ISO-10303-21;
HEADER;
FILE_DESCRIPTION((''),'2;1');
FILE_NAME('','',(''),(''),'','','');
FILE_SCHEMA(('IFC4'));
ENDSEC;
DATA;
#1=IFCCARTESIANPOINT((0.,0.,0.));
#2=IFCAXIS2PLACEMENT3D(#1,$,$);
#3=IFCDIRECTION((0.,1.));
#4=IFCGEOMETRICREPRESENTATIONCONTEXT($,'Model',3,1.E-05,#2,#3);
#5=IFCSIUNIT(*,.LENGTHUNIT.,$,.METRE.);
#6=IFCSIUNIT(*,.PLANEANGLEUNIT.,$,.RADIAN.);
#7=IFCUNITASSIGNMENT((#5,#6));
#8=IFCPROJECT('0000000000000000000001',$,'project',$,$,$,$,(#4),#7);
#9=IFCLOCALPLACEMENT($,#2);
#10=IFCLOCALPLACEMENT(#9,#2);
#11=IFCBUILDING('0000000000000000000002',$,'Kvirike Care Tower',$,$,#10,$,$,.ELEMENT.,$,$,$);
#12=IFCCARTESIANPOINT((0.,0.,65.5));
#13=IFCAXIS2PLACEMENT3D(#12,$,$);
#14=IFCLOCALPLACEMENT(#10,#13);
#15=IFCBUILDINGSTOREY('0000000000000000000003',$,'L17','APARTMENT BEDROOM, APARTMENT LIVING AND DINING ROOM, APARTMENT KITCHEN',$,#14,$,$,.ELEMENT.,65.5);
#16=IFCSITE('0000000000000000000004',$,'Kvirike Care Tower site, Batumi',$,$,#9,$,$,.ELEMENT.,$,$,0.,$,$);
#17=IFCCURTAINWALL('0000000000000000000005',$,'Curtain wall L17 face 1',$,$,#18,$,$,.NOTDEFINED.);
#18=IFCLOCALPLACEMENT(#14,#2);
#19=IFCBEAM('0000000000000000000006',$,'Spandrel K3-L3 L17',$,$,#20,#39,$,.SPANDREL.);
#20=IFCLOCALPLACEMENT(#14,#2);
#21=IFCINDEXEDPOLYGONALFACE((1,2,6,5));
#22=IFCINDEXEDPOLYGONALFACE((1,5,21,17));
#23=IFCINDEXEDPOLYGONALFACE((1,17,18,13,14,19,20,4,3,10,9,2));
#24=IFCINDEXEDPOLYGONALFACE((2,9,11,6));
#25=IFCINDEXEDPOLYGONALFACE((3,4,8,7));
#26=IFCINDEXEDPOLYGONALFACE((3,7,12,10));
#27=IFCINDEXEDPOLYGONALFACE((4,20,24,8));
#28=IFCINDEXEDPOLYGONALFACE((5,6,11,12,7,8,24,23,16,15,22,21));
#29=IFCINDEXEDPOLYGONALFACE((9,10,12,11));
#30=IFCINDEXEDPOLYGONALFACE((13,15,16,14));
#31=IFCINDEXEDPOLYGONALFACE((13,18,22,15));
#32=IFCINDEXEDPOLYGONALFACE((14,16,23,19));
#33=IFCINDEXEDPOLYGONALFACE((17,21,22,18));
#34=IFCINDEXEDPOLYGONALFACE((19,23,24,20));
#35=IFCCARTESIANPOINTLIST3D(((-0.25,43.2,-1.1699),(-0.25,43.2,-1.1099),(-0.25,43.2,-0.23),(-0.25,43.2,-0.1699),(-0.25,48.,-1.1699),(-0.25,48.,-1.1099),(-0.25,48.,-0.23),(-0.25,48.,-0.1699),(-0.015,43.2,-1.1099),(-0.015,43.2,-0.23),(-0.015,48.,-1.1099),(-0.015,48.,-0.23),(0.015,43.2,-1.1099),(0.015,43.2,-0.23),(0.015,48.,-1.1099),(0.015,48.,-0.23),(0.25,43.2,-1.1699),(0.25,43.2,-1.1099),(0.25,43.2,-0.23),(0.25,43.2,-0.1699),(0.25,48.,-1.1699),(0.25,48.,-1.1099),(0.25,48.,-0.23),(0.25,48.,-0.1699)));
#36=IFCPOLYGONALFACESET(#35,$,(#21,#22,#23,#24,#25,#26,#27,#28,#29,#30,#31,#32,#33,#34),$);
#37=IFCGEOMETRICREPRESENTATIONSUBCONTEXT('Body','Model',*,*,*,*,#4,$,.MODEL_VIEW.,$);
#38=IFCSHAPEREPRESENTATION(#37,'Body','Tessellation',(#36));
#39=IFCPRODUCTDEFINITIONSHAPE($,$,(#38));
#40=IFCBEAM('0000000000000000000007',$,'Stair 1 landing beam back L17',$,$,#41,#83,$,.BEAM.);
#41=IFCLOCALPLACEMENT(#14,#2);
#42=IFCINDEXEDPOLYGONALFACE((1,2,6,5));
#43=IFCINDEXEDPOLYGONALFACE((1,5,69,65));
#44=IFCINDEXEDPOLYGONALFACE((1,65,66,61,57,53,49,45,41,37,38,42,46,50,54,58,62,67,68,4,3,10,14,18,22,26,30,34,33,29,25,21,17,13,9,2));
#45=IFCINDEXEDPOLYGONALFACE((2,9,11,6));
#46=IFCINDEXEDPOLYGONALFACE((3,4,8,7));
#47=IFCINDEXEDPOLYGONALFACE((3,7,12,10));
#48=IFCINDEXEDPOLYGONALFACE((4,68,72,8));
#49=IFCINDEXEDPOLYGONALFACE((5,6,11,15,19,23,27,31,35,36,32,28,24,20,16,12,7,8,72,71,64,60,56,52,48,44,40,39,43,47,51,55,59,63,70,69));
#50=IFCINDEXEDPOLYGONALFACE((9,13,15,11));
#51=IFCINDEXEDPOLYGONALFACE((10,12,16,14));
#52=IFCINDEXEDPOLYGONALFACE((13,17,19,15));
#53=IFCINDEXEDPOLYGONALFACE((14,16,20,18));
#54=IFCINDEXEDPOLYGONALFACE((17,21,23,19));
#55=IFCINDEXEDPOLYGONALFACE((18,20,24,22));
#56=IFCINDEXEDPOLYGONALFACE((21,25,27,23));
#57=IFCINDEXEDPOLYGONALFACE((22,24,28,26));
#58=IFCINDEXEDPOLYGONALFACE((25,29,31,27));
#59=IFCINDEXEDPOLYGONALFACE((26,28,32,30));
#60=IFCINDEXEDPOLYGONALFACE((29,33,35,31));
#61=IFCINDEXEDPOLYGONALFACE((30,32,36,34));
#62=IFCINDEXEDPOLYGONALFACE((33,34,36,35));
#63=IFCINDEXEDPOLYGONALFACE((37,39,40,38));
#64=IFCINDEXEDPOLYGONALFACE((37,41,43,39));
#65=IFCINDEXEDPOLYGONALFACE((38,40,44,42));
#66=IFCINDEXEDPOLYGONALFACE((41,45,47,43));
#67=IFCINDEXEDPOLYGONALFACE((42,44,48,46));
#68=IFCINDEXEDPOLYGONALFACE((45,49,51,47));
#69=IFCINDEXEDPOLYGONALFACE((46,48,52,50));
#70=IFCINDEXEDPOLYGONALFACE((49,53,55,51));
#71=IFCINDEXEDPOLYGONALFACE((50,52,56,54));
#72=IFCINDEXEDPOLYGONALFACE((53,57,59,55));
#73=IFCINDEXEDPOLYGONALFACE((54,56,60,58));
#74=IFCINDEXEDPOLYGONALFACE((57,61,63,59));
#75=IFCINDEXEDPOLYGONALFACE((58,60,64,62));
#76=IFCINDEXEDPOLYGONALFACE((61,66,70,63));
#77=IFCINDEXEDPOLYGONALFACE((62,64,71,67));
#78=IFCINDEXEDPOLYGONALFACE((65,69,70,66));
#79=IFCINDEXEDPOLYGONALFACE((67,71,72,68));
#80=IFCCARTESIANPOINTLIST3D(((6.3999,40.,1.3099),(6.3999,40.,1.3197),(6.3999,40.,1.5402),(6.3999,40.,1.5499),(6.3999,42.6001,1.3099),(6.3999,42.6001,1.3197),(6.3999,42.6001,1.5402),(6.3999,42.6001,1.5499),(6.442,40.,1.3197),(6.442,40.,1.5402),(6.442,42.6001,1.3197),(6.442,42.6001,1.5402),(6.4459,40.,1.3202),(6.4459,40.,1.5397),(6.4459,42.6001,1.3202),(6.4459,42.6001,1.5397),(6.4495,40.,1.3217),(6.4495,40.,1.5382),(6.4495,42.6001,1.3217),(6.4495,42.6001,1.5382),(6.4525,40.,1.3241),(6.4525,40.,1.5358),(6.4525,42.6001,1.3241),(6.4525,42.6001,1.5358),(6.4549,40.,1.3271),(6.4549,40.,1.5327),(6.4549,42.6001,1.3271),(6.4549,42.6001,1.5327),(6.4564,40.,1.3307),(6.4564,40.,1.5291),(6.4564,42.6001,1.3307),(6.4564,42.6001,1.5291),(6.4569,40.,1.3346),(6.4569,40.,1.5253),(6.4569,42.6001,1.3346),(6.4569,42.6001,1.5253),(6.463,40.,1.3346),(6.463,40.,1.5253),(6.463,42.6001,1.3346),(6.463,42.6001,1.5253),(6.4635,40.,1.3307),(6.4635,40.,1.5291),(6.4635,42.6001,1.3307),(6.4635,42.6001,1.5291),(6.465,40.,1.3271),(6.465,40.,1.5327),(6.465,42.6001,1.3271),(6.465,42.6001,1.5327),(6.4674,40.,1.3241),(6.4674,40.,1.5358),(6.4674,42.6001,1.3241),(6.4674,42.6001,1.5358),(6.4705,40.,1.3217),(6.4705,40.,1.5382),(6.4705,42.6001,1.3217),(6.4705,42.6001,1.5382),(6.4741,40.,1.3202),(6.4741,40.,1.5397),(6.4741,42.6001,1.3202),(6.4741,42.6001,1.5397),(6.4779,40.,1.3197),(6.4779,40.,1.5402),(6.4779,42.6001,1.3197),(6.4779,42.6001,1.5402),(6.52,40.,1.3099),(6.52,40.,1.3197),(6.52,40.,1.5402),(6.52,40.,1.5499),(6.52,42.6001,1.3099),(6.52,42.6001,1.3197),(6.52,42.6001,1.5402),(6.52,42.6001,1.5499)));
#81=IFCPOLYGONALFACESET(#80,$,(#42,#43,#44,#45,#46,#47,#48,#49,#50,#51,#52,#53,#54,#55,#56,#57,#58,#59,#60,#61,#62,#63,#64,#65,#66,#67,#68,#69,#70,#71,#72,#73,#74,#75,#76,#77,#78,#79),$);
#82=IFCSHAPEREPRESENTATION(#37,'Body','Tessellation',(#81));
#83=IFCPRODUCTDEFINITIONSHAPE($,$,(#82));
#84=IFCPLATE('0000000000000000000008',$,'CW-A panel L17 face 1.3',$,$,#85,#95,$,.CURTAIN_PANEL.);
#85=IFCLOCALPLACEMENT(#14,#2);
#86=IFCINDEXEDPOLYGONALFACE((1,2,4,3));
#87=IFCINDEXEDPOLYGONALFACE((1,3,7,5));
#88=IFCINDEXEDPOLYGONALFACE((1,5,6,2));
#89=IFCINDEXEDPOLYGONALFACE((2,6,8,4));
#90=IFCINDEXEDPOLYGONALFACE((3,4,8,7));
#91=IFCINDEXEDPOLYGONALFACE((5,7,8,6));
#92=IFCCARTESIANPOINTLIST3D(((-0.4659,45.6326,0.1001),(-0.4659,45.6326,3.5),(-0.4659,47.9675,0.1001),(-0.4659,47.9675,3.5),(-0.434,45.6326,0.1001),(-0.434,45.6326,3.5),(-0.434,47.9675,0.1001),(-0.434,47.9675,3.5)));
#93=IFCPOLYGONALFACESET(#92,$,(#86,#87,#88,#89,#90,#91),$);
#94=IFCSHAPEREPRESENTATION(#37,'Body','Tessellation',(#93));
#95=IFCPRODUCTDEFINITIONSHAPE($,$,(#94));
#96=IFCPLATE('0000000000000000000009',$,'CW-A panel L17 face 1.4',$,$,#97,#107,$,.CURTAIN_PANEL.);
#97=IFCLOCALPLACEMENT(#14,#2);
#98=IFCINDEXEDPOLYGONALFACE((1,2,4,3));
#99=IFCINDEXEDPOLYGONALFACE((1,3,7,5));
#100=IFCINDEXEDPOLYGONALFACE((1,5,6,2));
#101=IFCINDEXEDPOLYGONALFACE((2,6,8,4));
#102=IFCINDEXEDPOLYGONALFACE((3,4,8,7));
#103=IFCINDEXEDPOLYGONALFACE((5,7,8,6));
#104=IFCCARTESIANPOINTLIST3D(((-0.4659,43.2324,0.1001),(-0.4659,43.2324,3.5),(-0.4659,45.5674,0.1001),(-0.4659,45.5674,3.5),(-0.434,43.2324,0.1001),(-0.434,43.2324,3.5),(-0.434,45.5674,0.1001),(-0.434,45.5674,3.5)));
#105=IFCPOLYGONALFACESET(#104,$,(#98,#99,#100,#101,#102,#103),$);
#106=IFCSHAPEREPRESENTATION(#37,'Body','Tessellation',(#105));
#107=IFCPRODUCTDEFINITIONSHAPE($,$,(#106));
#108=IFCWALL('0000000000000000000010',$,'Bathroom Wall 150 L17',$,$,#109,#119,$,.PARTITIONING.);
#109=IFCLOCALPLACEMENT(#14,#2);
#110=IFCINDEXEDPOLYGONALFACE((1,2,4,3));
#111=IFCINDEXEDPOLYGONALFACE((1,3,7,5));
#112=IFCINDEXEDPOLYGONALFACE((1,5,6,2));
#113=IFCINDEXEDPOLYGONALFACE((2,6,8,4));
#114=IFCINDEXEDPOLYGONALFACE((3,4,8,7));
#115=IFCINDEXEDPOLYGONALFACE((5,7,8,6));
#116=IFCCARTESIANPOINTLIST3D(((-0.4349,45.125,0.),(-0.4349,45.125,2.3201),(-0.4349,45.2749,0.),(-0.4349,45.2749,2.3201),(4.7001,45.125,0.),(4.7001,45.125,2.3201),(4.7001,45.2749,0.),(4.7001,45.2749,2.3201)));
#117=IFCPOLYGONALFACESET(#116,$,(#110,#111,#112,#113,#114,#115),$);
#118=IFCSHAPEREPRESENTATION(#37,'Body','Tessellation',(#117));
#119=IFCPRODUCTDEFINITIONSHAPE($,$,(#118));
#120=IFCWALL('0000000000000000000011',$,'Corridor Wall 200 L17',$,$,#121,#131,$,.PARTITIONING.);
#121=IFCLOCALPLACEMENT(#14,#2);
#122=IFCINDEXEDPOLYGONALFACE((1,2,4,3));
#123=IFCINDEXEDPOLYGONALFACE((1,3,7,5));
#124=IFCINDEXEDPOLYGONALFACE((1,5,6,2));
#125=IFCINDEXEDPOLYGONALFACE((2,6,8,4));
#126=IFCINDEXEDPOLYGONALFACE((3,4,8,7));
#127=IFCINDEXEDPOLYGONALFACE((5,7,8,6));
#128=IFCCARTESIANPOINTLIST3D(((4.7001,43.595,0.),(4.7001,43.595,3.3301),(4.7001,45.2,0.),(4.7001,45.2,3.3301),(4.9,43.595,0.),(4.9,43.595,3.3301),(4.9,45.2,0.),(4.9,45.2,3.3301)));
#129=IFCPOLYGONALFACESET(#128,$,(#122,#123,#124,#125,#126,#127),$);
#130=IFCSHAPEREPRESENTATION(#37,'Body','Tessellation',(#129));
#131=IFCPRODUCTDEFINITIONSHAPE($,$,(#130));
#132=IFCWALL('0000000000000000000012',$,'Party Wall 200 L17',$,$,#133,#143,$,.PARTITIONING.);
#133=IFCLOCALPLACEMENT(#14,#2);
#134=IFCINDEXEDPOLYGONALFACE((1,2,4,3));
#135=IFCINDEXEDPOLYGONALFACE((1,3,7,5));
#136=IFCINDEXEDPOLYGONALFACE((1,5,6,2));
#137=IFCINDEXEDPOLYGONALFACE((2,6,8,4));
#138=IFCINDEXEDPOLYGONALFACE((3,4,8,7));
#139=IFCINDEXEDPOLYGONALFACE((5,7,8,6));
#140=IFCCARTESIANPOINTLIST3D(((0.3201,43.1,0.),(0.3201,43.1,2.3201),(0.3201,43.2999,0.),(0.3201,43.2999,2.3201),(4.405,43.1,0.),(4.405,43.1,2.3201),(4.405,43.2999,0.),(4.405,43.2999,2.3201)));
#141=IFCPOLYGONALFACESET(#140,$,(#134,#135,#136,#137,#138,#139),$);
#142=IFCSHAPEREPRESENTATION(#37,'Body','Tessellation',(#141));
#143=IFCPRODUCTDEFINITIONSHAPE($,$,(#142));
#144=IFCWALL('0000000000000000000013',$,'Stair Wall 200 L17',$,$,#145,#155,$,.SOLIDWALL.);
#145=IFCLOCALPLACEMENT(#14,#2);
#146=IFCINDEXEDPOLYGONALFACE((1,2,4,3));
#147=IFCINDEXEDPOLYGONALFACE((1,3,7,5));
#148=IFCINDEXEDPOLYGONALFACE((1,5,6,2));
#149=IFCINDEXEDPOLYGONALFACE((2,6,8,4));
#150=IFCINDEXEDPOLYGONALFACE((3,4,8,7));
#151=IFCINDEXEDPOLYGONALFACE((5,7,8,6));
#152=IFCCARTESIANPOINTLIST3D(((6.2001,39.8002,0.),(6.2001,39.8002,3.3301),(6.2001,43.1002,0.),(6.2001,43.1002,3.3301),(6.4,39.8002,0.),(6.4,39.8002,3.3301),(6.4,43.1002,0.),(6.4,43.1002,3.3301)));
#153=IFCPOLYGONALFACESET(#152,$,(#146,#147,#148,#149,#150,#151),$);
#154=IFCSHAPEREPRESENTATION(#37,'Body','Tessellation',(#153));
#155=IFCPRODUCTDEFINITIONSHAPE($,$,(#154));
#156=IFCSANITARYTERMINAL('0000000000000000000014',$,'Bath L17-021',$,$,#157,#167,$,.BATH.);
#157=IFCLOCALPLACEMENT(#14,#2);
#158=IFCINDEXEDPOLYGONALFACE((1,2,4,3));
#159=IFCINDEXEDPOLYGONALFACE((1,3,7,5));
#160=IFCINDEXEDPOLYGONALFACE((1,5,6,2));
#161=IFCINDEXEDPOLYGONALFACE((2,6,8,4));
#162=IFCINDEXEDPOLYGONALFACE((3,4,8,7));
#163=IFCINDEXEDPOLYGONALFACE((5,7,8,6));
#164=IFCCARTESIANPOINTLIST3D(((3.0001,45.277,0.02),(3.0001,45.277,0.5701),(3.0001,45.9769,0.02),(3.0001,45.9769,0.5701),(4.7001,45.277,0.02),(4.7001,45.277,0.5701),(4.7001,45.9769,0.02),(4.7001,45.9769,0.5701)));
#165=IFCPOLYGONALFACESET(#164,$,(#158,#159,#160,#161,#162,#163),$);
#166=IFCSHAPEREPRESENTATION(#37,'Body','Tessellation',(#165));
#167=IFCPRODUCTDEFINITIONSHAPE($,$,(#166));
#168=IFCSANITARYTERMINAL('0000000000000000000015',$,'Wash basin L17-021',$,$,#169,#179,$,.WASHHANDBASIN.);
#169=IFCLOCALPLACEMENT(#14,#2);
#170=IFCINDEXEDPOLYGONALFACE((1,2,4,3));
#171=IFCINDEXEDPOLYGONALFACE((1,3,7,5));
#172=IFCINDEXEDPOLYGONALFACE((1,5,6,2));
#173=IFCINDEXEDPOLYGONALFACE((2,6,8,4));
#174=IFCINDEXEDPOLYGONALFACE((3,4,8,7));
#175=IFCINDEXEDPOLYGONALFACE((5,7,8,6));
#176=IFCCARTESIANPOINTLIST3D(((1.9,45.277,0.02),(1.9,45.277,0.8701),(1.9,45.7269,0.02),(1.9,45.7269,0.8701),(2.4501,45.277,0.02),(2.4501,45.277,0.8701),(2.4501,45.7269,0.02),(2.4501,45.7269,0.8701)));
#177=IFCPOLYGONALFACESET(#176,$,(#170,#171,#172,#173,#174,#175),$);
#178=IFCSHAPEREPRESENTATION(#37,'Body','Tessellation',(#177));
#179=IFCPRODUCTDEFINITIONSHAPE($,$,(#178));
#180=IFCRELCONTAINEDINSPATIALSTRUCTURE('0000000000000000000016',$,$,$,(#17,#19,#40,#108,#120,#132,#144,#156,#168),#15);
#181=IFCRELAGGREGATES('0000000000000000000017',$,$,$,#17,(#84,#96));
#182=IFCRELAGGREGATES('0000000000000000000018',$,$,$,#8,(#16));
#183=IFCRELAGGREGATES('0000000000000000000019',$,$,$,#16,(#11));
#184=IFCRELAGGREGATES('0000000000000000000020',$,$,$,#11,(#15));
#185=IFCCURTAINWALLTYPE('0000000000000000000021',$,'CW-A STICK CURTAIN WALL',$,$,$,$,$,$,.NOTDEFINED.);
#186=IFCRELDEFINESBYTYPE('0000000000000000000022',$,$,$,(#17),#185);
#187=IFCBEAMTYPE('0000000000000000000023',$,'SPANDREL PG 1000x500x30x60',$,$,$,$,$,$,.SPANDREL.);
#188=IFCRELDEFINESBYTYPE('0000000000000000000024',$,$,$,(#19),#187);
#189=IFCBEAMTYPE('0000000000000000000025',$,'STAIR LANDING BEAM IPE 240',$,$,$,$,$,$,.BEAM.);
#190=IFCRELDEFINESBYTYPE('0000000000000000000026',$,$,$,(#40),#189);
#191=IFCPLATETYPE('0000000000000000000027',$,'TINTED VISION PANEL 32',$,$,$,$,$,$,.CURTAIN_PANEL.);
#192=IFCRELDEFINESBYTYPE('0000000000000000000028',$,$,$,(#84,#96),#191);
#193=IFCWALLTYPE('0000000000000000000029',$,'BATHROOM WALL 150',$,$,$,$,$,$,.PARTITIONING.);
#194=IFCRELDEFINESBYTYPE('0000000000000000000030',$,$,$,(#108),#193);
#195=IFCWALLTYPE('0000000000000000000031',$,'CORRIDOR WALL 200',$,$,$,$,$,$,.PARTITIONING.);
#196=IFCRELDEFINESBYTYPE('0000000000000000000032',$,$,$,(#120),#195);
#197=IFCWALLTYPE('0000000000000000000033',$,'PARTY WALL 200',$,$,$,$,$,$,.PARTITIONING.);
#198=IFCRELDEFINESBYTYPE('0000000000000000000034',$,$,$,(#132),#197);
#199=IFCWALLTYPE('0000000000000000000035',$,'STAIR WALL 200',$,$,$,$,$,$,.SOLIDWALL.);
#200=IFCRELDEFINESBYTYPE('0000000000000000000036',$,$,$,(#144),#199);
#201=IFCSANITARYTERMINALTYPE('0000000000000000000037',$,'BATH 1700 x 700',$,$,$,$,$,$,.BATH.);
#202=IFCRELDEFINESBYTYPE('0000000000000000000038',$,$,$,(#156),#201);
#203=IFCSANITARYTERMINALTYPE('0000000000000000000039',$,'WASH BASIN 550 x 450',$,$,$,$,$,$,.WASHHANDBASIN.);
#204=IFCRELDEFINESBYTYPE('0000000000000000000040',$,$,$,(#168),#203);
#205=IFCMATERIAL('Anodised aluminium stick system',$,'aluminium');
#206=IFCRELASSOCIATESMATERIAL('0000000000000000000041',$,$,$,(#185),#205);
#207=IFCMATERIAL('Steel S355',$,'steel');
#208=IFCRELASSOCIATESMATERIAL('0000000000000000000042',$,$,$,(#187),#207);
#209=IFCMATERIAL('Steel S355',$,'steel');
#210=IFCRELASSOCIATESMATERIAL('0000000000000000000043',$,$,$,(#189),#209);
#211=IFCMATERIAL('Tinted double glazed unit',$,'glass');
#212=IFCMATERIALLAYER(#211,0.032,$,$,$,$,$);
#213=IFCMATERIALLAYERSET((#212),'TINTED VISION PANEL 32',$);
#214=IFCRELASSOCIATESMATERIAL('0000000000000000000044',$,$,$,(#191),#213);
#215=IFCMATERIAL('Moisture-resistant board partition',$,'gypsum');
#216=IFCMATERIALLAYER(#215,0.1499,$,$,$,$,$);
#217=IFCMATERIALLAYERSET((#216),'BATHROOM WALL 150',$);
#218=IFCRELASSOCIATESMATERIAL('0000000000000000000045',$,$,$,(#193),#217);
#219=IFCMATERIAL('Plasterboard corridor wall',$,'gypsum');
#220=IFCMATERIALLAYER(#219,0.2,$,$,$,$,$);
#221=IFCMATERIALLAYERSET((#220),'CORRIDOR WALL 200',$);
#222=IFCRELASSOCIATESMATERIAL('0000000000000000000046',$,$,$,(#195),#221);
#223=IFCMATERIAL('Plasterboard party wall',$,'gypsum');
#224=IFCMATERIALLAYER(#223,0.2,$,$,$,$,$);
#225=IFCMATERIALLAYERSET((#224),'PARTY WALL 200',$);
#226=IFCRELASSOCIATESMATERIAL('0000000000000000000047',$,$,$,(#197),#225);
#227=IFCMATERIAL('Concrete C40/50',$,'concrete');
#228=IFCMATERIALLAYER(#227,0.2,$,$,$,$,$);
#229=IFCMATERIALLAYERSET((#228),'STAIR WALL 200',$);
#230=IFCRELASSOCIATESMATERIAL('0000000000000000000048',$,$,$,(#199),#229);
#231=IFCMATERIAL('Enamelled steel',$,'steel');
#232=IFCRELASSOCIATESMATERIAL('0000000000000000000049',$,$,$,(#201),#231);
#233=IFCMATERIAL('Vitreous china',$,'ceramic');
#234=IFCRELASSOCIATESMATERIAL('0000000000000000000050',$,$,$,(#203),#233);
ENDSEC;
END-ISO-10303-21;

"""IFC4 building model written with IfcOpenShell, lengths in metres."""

from ifc_helpers import new_model, si_unit, direction, frame, frame_2d, origin, origin_2d, place, context, subcontext, project, spatial, rectangle, i_section, extrude, material, layer, layer_set, material_profile, profile_set, type_object, element, aggregate, save


model = new_model("IFC4")

# Units and contexts
model_context = context("Model", 3, precision=1e-05, world=origin(), true_north=direction((0.0, 1.0)))
body_context = subcontext(model_context, "Body", "Model", "MODEL_VIEW")
ifc_project = project(units=[si_unit("LENGTHUNIT", "METRE"), si_unit("PLANEANGLEUNIT", "RADIAN")], contexts=[model_context])

# Site, building, storey
site_placement = place(None, origin())
site = spatial("IfcSite", under=ifc_project, at=site_placement, Name="Kvirike Care Tower site, Batumi", CompositionType="ELEMENT", RefElevation=0.0)
building_placement = place(site_placement, origin())
building = spatial("IfcBuilding", under=site, at=building_placement, Name="Kvirike Care Tower", CompositionType="ELEMENT")
storey_placement = place(building_placement, frame((0.0, 0.0, 65.5)))
storey = spatial("IfcBuildingStorey", under=building, at=storey_placement, Name="L17", Description="APARTMENT BEDROOM, APARTMENT LIVING AND DINING ROOM, APARTMENT KITCHEN", CompositionType="ELEMENT", Elevation=65.5)

# Curtain wall
ifc_material_1 = material(Name="Anodised aluminium stick system", Category="aluminium")
curtain_wall_type = type_object("IfcCurtainWallType", Name="CW-A STICK CURTAIN WALL", PredefinedType="NOTDEFINED", material=ifc_material_1)
curtain_wall_placement = place(storey_placement, origin())
curtain_wall = element("IfcCurtainWall", 1, at=curtain_wall_placement, inside=storey, type_object=curtain_wall_type, Name="Curtain wall L17 face 1", PredefinedType="NOTDEFINED")

# Beams
ifc_material_2 = material(Name="Steel S355", Category="steel")
ifc_material_profile_1 = material_profile(ifc_material_2, i_section(OverallWidth=0.5, OverallDepth=1.0, WebThickness=0.03, FlangeThickness=0.0601, at=origin_2d()), Name="PG 1000x500x30x60")
ifc_profile_set_1 = profile_set([ifc_material_profile_1], Name="Steel S355")
beam_type_1 = type_object("IfcBeamType", Name="SPANDREL PG 1000x500x30x60", PredefinedType="SPANDREL", material=ifc_profile_set_1)
beam_1_placement = place(storey_placement, frame((0.0, 43.2, -0.6699), z_axis=(0.0, 1.0, 0.0), x_axis=(-1.0, 0.0, 0.0)))
element("IfcBeam", 2, at=beam_1_placement, inside=storey, type_object=beam_type_1, Name="Spandrel K3-L3 L17", PredefinedType="SPANDREL", context=body_context, shape_type="SweptSolid", body=[
    extrude(i_section(OverallWidth=0.5, OverallDepth=1.0, WebThickness=0.03, FlangeThickness=0.0601, at=origin_2d()), origin(), (0.0, 0.0, 1.0), 4.8),
])
ifc_material_3 = material(Name="Steel S355", Category="steel")
ifc_material_profile_2 = material_profile(ifc_material_3, i_section(OverallWidth=0.1201, OverallDepth=0.24, WebThickness=0.0061, FlangeThickness=0.0098, FilletRadius=0.0149, at=origin_2d()), Name="IPE 240")
ifc_profile_set_2 = profile_set([ifc_material_profile_2], Name="Steel S355")
beam_type_2 = type_object("IfcBeamType", Name="STAIR LANDING BEAM IPE 240", PredefinedType="BEAM", material=ifc_profile_set_2)
beam_2_placement = place(storey_placement, frame((6.46, 42.6001, 1.4299), z_axis=(0.0, -1.0, 0.0), x_axis=(1.0, 0.0, 0.0)))
element("IfcBeam", 3, at=beam_2_placement, inside=storey, type_object=beam_type_2, Name="Stair 1 landing beam back L17", PredefinedType="BEAM", context=body_context, shape_type="SweptSolid", body=[
    extrude(i_section(OverallWidth=0.1201, OverallDepth=0.24, WebThickness=0.0061, FlangeThickness=0.0098, FilletRadius=0.0149, at=origin_2d()), origin(), (0.0, 0.0, 1.0), 2.6001),
])

# Plates
ifc_material_4 = material(Name="Tinted double glazed unit", Category="glass")
ifc_layer_1 = layer(ifc_material_4, 0.032)
ifc_layer_set_1 = layer_set([ifc_layer_1], Name="TINTED VISION PANEL 32")
plate_type = type_object("IfcPlateType", Name="TINTED VISION PANEL 32", PredefinedType="CURTAIN_PANEL", material=ifc_layer_set_1)
plate_1_placement = place(storey_placement, frame((-0.45, 46.8, 0.1001), z_axis=(0.0, 0.0, 1.0), x_axis=(0.0, -1.0, 0.0)))
plate_1 = element("IfcPlate", 4, at=plate_1_placement, type_object=plate_type, Name="CW-A panel L17 face 1.3", PredefinedType="CURTAIN_PANEL", context=body_context, shape_type="SweptSolid", body=[
    extrude(rectangle(XDim=2.335, YDim=0.032, at=origin_2d()), origin(), (0.0, 0.0, 1.0), 3.3999),
])
plate_2_placement = place(storey_placement, frame((-0.45, 44.3999, 0.1001), z_axis=(0.0, 0.0, 1.0), x_axis=(0.0, -1.0, 0.0)))
plate_2 = element("IfcPlate", 5, at=plate_2_placement, type_object=plate_type, Name="CW-A panel L17 face 1.4", PredefinedType="CURTAIN_PANEL", context=body_context, shape_type="SweptSolid", body=[
    extrude(rectangle(XDim=2.335, YDim=0.032, at=origin_2d()), origin(), (0.0, 0.0, 1.0), 3.3999),
])
aggregate(curtain_wall, [plate_1, plate_2])

# Walls
ifc_material_5 = material(Name="Moisture-resistant board partition", Category="gypsum")
ifc_layer_2 = layer(ifc_material_5, 0.1499)
ifc_layer_set_2 = layer_set([ifc_layer_2], Name="BATHROOM WALL 150")
wall_type_1 = type_object("IfcWallType", Name="BATHROOM WALL 150", PredefinedType="PARTITIONING", material=ifc_layer_set_2)
wall_1_placement = place(storey_placement, frame((4.7, 45.2, 0.0), z_axis=(0.0, 0.0, 1.0), x_axis=(-1.0, 0.0, 0.0)))
element("IfcWall", 6, at=wall_1_placement, inside=storey, type_object=wall_type_1, Name="Bathroom Wall 150 L17", PredefinedType="PARTITIONING", context=body_context, shape_type="SweptSolid", body=[
    extrude(rectangle(XDim=5.135, YDim=0.1499, at=frame_2d((2.5674, 0.0))), origin(), (0.0, 0.0, 1.0), 2.3201),
])
ifc_material_6 = material(Name="Plasterboard corridor wall", Category="gypsum")
ifc_layer_3 = layer(ifc_material_6, 0.2)
ifc_layer_set_3 = layer_set([ifc_layer_3], Name="CORRIDOR WALL 200")
wall_type_2 = type_object("IfcWallType", Name="CORRIDOR WALL 200", PredefinedType="PARTITIONING", material=ifc_layer_set_3)
wall_2_placement = place(storey_placement, frame((4.8, 45.2, 0.0), z_axis=(0.0, 0.0, 1.0), x_axis=(0.0, -1.0, 0.0)))
element("IfcWall", 7, at=wall_2_placement, inside=storey, type_object=wall_type_2, Name="Corridor Wall 200 L17", PredefinedType="PARTITIONING", context=body_context, shape_type="SweptSolid", body=[
    extrude(rectangle(XDim=1.605, YDim=0.2, at=frame_2d((0.8025, 0.0))), origin(), (0.0, 0.0, 1.0), 3.3301),
])
ifc_material_7 = material(Name="Plasterboard party wall", Category="gypsum")
ifc_layer_4 = layer(ifc_material_7, 0.2)
ifc_layer_set_4 = layer_set([ifc_layer_4], Name="PARTY WALL 200")
wall_type_3 = type_object("IfcWallType", Name="PARTY WALL 200", PredefinedType="PARTITIONING", material=ifc_layer_set_4)
wall_3_placement = place(storey_placement, frame((4.405, 43.2, 0.0), z_axis=(0.0, 0.0, 1.0), x_axis=(-1.0, 0.0, 0.0)))
element("IfcWall", 8, at=wall_3_placement, inside=storey, type_object=wall_type_3, Name="Party Wall 200 L17", PredefinedType="PARTITIONING", context=body_context, shape_type="SweptSolid", body=[
    extrude(rectangle(XDim=4.085, YDim=0.2, at=frame_2d((2.0425, 0.0))), origin(), (0.0, 0.0, 1.0), 2.3201),
])
ifc_material_8 = material(Name="Concrete C40/50", Category="concrete")
ifc_layer_5 = layer(ifc_material_8, 0.2)
ifc_layer_set_5 = layer_set([ifc_layer_5], Name="STAIR WALL 200")
wall_type_4 = type_object("IfcWallType", Name="STAIR WALL 200", PredefinedType="SOLIDWALL", material=ifc_layer_set_5)
wall_4_placement = place(storey_placement, frame((6.3, 43.1001, 0.0), z_axis=(0.0, 0.0, 1.0), x_axis=(0.0, -1.0, 0.0)))
element("IfcWall", 9, at=wall_4_placement, inside=storey, type_object=wall_type_4, Name="Stair Wall 200 L17", PredefinedType="SOLIDWALL", context=body_context, shape_type="SweptSolid", body=[
    extrude(rectangle(XDim=3.3, YDim=0.2, at=frame_2d((1.6499, 0.0))), origin(), (0.0, 0.0, 1.0), 3.3301),
])

# Sanitary terminals
ifc_material_9 = material(Name="Enamelled steel", Category="steel")
sanitary_terminal_type_1 = type_object("IfcSanitaryTerminalType", Name="BATH 1700 x 700", PredefinedType="BATH", material=ifc_material_9)
sanitary_terminal_1_placement = place(storey_placement, frame((3.8501, 45.627, 0.02), z_axis=(0.0, 0.0, 1.0), x_axis=(-1.0, 0.0, 0.0)))
element("IfcSanitaryTerminal", 10, at=sanitary_terminal_1_placement, inside=storey, type_object=sanitary_terminal_type_1, Name="Bath L17-021", PredefinedType="BATH", context=body_context, shape_type="SweptSolid", body=[
    extrude(rectangle(XDim=1.7, YDim=0.7, at=origin_2d()), origin(), (0.0, 0.0, 1.0), 0.55),
])
ifc_material_10 = material(Name="Vitreous china", Category="ceramic")
sanitary_terminal_type_2 = type_object("IfcSanitaryTerminalType", Name="WASH BASIN 550 x 450", PredefinedType="WASHHANDBASIN", material=ifc_material_10)
sanitary_terminal_2_placement = place(storey_placement, frame((2.175, 45.502, 0.02), z_axis=(0.0, 0.0, 1.0), x_axis=(-1.0, 0.0, 0.0)))
element("IfcSanitaryTerminal", 11, at=sanitary_terminal_2_placement, inside=storey, type_object=sanitary_terminal_type_2, Name="Wash basin L17-021", PredefinedType="WASHHANDBASIN", context=body_context, shape_type="SweptSolid", body=[
    extrude(rectangle(XDim=0.55, YDim=0.45, at=origin_2d()), origin(), (0.0, 0.0, 1.0), 0.8501),
])

save(model, "model.ifc")
